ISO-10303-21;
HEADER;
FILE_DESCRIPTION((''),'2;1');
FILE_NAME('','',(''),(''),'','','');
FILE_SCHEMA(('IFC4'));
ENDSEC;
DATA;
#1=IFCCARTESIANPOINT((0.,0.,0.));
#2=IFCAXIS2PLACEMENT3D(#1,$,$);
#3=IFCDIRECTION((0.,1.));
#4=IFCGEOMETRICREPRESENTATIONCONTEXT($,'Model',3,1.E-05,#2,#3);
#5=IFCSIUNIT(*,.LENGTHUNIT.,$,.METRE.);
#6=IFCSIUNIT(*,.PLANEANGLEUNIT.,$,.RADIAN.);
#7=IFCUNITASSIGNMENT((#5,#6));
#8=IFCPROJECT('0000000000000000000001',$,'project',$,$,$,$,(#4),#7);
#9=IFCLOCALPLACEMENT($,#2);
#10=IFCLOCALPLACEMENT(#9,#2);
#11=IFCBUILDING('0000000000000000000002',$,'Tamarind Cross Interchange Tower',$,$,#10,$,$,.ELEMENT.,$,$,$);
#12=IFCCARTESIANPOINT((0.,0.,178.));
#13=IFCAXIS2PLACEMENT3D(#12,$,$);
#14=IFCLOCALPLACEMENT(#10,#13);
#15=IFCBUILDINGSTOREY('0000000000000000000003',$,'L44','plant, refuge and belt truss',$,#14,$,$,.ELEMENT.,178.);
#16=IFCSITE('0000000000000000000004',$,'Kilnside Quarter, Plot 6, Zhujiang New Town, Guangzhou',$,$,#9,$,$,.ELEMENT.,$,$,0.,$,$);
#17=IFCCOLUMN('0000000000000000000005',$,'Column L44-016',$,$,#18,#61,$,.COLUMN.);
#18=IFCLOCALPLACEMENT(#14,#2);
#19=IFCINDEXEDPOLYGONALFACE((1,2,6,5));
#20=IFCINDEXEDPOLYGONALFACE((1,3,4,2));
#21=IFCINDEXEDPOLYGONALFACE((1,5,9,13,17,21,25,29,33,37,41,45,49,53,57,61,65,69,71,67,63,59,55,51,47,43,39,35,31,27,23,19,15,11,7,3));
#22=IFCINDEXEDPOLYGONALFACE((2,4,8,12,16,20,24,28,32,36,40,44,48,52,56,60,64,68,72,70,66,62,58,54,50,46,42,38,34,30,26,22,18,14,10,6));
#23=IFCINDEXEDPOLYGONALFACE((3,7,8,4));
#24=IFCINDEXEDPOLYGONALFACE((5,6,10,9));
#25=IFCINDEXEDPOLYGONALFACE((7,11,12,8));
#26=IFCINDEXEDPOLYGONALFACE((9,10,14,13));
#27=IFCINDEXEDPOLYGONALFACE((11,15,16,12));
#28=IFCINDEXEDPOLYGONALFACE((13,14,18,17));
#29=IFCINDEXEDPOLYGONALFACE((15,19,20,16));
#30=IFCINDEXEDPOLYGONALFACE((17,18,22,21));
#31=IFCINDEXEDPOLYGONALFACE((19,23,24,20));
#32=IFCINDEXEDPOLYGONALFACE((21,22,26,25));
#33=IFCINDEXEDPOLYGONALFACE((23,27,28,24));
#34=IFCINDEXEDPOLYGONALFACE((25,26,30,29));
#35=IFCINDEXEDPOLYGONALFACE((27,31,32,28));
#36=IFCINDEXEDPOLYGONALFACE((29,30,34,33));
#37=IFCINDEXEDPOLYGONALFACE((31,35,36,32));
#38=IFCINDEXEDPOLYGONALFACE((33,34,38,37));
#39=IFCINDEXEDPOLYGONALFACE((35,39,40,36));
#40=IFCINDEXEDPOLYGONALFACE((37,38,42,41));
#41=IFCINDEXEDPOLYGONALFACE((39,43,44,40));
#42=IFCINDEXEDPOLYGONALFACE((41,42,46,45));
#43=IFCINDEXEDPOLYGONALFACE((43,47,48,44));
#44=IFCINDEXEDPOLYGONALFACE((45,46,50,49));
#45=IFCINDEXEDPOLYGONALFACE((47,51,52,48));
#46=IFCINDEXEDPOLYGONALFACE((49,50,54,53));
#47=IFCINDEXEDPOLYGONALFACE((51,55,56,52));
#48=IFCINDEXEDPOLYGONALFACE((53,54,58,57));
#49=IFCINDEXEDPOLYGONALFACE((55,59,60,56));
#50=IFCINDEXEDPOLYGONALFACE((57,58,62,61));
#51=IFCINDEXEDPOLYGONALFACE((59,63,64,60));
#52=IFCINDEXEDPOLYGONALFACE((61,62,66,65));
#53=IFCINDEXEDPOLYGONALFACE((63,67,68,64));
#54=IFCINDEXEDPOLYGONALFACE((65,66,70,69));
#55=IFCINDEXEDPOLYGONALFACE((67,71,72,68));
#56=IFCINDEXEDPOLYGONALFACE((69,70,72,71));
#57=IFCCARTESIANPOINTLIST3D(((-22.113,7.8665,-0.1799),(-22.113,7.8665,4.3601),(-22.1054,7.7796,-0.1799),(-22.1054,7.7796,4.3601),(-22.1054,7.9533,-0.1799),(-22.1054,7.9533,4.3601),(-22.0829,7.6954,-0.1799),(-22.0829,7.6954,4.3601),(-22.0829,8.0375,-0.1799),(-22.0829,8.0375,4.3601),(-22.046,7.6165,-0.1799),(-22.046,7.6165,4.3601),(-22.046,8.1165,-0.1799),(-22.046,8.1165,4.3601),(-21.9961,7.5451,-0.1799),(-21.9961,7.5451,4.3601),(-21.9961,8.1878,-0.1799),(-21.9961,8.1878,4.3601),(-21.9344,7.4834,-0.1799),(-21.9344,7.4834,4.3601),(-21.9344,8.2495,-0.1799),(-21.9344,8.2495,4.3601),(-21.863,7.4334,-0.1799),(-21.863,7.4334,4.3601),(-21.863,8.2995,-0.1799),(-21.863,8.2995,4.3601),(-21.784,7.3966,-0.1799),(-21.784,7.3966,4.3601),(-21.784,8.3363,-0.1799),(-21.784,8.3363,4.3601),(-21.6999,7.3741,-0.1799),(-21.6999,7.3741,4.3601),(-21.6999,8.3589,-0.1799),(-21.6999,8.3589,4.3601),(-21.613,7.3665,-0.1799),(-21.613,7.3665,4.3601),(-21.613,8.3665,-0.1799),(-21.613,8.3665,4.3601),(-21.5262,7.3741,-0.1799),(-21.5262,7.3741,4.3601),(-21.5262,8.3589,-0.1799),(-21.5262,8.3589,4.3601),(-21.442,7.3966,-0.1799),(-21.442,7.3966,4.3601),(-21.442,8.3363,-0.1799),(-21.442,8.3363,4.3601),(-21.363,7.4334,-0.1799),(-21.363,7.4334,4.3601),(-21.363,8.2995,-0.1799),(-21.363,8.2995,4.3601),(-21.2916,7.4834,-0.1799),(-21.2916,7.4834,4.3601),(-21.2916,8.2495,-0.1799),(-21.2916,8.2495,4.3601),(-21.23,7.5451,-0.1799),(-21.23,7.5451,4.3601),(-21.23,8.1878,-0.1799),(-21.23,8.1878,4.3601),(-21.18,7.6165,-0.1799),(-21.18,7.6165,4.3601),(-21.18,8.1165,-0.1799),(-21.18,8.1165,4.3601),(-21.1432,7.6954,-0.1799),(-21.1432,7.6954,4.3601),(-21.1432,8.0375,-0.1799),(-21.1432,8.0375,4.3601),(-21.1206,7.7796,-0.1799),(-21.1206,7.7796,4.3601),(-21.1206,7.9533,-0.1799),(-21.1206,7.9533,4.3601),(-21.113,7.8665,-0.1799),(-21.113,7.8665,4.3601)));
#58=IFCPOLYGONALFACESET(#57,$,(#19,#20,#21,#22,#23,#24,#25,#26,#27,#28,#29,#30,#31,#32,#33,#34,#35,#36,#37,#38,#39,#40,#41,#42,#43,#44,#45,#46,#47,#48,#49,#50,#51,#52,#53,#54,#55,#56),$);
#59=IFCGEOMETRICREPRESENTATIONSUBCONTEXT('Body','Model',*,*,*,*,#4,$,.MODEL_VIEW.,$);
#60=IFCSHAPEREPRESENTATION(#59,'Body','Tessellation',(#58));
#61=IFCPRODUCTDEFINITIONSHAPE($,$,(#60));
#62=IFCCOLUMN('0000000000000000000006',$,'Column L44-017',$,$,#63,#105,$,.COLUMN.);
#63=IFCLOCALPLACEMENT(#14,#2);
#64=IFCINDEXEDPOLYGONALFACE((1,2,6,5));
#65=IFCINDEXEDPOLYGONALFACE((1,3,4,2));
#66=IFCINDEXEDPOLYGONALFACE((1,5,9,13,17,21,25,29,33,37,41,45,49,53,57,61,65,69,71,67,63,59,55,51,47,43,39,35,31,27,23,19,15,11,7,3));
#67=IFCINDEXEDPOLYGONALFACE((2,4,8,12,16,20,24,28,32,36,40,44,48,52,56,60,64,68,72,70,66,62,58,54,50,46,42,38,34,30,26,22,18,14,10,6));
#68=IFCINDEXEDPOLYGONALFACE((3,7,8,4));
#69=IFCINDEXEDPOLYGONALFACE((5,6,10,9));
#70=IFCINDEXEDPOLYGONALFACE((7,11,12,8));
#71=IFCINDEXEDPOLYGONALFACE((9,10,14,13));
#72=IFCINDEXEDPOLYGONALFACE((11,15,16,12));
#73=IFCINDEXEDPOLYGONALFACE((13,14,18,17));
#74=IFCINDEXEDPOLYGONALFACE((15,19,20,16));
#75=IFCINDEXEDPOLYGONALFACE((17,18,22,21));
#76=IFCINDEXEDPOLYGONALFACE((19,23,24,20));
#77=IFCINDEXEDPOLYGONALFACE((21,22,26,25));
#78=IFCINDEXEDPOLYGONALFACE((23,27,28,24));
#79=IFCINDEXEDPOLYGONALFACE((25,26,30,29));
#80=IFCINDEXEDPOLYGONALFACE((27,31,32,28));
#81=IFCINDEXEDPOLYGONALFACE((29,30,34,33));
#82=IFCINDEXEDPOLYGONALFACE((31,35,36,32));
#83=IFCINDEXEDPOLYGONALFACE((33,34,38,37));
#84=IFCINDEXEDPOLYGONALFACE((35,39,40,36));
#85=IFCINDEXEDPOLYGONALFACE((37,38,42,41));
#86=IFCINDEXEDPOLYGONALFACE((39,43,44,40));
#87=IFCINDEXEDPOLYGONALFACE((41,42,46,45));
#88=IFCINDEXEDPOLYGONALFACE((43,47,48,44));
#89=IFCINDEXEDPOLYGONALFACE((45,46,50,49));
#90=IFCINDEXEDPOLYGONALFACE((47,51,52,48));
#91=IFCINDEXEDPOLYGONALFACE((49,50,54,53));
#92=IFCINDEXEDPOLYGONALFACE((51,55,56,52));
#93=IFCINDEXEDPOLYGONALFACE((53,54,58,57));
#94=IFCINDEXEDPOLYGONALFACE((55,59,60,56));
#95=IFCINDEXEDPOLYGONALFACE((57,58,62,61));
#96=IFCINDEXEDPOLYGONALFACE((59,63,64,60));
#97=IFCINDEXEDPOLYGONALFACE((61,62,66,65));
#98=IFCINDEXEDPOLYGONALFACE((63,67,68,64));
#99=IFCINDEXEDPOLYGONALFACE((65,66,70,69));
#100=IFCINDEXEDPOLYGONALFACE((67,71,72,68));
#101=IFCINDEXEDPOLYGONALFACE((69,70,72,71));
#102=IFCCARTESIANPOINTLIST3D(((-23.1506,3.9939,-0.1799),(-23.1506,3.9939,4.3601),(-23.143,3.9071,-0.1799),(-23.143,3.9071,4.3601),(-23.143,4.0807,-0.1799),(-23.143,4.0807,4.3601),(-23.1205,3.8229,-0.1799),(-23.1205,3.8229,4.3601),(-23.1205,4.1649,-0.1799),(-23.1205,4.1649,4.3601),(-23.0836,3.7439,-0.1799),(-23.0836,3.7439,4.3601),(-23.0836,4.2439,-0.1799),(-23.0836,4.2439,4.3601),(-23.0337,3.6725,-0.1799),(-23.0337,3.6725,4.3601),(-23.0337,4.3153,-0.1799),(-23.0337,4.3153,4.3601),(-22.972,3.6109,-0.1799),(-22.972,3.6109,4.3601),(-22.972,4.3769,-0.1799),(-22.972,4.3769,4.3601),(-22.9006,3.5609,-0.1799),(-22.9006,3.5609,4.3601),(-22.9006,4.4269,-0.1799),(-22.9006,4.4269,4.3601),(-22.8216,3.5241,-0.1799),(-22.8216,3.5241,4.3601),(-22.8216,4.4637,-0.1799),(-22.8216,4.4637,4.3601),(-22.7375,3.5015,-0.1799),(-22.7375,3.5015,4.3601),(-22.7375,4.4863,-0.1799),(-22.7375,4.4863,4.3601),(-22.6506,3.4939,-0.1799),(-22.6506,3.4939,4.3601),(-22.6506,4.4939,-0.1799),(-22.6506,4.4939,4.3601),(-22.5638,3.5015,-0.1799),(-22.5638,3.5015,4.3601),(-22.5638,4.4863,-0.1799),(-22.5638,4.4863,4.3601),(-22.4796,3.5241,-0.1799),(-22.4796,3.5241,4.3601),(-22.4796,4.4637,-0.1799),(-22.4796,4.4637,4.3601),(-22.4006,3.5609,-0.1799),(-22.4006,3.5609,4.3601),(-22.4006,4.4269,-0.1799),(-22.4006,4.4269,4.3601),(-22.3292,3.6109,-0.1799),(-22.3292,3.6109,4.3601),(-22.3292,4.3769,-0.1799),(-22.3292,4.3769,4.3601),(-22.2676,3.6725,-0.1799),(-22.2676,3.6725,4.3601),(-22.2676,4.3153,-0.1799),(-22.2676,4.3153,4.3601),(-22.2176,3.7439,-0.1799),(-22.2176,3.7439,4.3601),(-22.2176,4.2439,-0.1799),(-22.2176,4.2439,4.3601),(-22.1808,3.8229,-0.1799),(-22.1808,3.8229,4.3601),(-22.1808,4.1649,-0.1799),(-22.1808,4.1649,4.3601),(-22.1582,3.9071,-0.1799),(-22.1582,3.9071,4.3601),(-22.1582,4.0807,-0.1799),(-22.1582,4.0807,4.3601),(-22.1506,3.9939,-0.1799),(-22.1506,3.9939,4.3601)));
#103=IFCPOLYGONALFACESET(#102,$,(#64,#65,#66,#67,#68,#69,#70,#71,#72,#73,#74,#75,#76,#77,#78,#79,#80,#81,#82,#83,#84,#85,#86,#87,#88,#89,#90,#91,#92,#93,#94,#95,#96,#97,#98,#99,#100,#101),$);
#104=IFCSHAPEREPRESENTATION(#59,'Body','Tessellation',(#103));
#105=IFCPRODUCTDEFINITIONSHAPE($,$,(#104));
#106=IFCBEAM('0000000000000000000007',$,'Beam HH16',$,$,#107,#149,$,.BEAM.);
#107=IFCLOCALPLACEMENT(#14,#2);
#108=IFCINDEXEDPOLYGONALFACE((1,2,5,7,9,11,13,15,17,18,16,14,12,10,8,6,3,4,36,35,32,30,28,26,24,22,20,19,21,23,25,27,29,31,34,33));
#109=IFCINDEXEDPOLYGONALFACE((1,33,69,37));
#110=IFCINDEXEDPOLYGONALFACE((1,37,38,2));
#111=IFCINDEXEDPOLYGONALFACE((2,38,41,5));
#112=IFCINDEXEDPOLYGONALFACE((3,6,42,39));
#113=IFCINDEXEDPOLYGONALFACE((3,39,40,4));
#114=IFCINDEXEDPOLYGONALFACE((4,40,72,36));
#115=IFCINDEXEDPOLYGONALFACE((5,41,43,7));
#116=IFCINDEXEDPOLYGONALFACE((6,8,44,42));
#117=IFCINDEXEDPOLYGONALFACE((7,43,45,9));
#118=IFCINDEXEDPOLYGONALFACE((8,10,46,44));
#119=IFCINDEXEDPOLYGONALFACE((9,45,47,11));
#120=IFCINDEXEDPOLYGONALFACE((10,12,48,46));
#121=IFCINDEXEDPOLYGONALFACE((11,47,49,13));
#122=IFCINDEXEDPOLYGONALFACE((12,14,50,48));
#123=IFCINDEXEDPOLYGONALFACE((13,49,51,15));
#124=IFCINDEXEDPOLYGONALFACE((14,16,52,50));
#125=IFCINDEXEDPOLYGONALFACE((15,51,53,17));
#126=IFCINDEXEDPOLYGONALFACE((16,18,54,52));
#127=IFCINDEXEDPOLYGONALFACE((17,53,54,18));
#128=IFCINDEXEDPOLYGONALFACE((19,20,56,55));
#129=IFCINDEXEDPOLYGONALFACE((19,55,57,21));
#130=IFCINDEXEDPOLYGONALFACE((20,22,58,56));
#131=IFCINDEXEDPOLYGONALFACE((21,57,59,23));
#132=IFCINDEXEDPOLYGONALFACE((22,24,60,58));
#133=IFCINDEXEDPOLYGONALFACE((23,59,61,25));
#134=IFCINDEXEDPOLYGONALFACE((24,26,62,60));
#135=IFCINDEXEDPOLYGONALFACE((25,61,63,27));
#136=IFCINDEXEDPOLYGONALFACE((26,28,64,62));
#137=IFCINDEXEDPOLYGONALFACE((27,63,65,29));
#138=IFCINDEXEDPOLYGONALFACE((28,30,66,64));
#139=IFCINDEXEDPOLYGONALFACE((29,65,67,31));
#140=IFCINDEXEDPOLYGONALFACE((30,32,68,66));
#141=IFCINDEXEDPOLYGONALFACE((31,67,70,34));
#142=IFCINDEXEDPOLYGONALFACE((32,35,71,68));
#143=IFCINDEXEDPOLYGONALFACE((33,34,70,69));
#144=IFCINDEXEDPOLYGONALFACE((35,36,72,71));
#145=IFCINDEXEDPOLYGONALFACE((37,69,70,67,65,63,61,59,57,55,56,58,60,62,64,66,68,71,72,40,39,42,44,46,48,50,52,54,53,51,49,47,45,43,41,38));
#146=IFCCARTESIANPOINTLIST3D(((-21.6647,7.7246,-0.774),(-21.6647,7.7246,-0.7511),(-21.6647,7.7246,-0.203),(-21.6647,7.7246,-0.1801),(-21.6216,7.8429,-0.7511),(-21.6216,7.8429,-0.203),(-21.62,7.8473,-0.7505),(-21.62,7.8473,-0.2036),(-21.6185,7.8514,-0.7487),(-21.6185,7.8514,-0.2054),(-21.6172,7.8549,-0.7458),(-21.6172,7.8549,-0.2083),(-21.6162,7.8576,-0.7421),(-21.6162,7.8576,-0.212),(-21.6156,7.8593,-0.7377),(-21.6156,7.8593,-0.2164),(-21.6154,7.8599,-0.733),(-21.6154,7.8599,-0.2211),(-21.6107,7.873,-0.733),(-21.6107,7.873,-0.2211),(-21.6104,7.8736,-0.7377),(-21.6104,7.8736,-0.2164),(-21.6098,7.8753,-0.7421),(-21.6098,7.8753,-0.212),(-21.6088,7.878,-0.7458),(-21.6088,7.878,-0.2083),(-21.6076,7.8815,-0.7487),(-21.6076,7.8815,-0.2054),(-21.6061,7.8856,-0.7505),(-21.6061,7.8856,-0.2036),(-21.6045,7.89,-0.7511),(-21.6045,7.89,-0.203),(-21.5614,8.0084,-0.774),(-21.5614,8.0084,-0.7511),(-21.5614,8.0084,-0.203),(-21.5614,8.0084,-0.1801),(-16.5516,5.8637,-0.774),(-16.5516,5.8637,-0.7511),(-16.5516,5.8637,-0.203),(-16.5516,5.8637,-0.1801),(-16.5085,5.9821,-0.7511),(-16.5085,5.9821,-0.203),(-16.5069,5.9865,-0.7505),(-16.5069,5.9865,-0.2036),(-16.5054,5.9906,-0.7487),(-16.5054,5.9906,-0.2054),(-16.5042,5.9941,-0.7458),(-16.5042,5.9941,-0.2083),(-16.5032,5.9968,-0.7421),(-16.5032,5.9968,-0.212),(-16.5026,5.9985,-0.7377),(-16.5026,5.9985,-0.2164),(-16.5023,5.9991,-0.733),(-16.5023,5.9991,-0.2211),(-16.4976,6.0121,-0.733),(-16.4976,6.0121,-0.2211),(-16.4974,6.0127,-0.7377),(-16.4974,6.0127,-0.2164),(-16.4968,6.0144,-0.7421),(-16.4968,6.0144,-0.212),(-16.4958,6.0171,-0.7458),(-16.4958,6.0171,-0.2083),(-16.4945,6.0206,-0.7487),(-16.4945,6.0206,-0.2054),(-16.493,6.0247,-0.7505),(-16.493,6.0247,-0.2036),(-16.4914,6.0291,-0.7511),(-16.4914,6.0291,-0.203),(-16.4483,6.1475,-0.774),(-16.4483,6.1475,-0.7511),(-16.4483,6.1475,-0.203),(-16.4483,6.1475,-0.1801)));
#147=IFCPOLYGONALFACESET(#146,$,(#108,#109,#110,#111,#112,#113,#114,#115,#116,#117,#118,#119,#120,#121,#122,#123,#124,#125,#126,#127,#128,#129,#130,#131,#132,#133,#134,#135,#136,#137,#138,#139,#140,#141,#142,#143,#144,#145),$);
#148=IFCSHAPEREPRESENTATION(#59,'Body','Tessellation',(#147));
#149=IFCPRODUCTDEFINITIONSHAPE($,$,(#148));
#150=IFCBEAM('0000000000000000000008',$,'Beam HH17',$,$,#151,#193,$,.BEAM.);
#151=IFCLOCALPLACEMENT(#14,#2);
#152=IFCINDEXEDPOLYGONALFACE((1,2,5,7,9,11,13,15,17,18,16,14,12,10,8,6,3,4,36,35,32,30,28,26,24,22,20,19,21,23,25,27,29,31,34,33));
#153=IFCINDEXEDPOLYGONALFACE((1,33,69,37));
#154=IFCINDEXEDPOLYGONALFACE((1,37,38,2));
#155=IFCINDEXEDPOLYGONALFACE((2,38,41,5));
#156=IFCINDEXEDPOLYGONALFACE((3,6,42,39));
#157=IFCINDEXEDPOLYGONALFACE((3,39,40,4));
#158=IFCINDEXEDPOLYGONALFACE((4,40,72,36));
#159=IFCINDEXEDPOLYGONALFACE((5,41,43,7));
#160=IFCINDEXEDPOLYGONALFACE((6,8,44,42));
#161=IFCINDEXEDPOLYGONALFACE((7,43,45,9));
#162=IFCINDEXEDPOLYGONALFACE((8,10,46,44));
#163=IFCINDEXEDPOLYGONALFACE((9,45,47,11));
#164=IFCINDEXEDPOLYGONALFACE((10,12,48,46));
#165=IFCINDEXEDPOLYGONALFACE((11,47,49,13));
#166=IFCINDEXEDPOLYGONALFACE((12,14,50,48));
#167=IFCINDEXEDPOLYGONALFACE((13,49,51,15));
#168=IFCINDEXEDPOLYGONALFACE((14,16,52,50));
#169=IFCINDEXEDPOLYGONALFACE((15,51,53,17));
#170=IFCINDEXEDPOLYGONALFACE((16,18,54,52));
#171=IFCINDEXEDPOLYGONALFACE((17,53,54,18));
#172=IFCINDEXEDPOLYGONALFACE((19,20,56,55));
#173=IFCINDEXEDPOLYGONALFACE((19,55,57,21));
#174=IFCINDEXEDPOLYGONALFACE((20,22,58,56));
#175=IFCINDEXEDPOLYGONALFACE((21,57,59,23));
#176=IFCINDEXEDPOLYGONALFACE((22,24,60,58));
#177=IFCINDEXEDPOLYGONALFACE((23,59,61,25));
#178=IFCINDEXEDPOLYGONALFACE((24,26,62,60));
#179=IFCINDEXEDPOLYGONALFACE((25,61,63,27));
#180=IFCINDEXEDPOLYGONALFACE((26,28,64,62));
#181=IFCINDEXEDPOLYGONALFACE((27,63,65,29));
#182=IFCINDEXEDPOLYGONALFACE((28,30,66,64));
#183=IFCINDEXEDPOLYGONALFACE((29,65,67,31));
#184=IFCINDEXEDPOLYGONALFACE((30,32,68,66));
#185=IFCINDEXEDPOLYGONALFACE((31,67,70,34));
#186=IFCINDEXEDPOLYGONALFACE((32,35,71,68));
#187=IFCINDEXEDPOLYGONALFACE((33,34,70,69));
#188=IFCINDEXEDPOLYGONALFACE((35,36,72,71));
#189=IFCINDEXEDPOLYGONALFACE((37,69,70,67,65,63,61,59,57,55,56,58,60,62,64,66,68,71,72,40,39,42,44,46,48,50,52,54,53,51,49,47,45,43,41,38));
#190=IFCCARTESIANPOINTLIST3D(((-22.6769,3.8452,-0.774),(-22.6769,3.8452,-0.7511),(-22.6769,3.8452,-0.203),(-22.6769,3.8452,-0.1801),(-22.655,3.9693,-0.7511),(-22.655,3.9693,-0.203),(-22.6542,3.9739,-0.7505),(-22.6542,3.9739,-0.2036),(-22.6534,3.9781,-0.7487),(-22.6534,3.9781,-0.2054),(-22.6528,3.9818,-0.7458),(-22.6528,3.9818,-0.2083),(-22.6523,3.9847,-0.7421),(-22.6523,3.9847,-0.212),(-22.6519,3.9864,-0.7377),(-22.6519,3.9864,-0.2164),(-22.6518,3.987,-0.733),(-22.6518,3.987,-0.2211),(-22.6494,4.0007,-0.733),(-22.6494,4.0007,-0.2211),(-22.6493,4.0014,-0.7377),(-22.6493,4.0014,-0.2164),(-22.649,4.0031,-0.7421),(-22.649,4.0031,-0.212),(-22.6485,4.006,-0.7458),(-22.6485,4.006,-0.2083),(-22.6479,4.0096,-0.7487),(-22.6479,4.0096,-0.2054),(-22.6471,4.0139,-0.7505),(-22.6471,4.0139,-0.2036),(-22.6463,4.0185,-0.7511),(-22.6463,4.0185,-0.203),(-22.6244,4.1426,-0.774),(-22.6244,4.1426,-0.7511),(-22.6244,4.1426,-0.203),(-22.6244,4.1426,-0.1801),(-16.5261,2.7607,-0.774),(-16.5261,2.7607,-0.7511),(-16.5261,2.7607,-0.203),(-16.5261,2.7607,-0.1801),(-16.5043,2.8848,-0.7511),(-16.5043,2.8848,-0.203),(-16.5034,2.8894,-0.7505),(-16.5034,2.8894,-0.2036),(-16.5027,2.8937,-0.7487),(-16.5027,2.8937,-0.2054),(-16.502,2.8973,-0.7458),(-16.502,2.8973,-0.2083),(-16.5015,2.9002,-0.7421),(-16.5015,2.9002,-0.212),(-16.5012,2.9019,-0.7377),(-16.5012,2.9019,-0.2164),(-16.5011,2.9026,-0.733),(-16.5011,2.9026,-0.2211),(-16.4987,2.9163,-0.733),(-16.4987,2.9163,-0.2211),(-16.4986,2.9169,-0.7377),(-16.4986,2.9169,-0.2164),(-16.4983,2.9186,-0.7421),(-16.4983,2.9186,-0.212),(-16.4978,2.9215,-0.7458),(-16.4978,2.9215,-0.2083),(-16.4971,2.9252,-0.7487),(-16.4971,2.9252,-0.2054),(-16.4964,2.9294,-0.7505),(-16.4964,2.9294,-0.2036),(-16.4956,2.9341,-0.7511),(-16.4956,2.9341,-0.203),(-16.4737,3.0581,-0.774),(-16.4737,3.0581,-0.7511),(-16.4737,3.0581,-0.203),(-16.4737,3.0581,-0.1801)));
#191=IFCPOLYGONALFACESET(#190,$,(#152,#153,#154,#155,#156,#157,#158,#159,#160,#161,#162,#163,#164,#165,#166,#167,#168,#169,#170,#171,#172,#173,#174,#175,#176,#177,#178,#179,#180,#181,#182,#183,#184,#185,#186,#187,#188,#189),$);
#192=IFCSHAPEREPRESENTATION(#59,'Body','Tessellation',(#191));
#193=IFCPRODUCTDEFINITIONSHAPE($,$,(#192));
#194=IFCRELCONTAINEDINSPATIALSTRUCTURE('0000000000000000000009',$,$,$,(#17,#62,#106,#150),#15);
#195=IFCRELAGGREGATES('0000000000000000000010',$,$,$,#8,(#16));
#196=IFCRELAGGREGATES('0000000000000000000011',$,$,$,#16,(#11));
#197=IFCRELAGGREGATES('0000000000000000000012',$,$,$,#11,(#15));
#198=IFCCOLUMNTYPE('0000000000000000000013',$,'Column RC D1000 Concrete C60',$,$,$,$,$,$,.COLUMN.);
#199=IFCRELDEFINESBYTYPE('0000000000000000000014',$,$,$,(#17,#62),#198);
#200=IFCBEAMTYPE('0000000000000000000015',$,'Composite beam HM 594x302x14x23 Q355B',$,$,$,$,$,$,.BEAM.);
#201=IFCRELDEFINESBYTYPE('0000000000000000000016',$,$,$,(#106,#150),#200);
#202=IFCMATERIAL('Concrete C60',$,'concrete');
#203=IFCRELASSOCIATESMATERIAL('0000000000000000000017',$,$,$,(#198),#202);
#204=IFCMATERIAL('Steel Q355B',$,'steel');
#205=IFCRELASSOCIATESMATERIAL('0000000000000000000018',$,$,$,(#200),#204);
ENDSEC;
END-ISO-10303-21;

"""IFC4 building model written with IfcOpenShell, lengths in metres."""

from ifc_helpers import new_model, si_unit, direction, frame, origin, origin_2d, place, context, subcontext, project, spatial, circle, i_section, extrude, material, material_profile, profile_set, type_object, element, save


model = new_model("IFC4")

# Units and contexts
model_context = context("Model", 3, precision=1e-05, world=origin(), true_north=direction((0.0, 1.0)))
body_context = subcontext(model_context, "Body", "Model", "MODEL_VIEW")
ifc_project = project(units=[si_unit("LENGTHUNIT", "METRE"), si_unit("PLANEANGLEUNIT", "RADIAN")], contexts=[model_context])

# Site, building, storey
site_placement = place(None, origin())
site = spatial("IfcSite", under=ifc_project, at=site_placement, Name="Kilnside Quarter, Plot 6, Zhujiang New Town, Guangzhou", CompositionType="ELEMENT", RefElevation=0.0)
building_placement = place(site_placement, origin())
building = spatial("IfcBuilding", under=site, at=building_placement, Name="Tamarind Cross Interchange Tower", CompositionType="ELEMENT")
storey_placement = place(building_placement, frame((0.0, 0.0, 178.0)))
storey = spatial("IfcBuildingStorey", under=building, at=storey_placement, Name="L44", Description="plant, refuge and belt truss", CompositionType="ELEMENT", Elevation=178.0)

# Columns
ifc_material_1 = material(Name="Concrete C60", Category="concrete")
ifc_material_profile_1 = material_profile(ifc_material_1, circle(Radius=0.5, at=origin_2d()), Name="RC D1000")
ifc_profile_set_1 = profile_set([ifc_material_profile_1], Name="Concrete C60")
column_type = type_object("IfcColumnType", Name="Column RC D1000 Concrete C60", PredefinedType="COLUMN", material=ifc_profile_set_1)
for number, where, z_axis, x_axis, name in (
    (1, (-21.613, 7.8665, -0.1799), (0.0, 0.0, 1.0), (1.0, 0.0, 0.0), "Column L44-016"),
    (2, (-22.6506, 3.9939, -0.1799), (0.0, 0.0, 1.0), (1.0, 0.0, 0.0), "Column L44-017"),
):
    element("IfcColumn", number, at=place(storey_placement, frame(where, z_axis=z_axis, x_axis=x_axis)), inside=storey, type_object=column_type, Name=name, PredefinedType="COLUMN", context=body_context, shape_type="SweptSolid", body=[
        extrude(circle(Radius=0.5, at=origin_2d()), origin(), (0.0, 0.0, 1.0), 4.54),
    ])

# Beams
ifc_material_2 = material(Name="Steel Q355B", Category="steel")
ifc_material_profile_2 = material_profile(ifc_material_2, i_section(OverallWidth=0.302, OverallDepth=0.594, WebThickness=0.0139, FlangeThickness=0.0229, FilletRadius=0.0181, at=origin_2d()), Name="HM 594x302x14x23")
ifc_profile_set_2 = profile_set([ifc_material_profile_2], Name="Steel Q355B")
beam_type = type_object("IfcBeamType", Name="Composite beam HM 594x302x14x23 Q355B", PredefinedType="BEAM", material=ifc_profile_set_2)
beam_1_placement = place(storey_placement, frame((-21.613, 7.8665, -0.4771), z_axis=(0.939702, -0.341995, 0.0), x_axis=(0.341995, 0.939702, 0.0)))
element("IfcBeam", 3, at=beam_1_placement, inside=storey, type_object=beam_type, Name="Beam HH16", PredefinedType="BEAM", context=body_context, shape_type="SweptSolid", body=[
    extrude(i_section(OverallWidth=0.302, OverallDepth=0.594, WebThickness=0.0139, FlangeThickness=0.0229, FilletRadius=0.0181, at=origin_2d()), origin(), (0.0, 0.0, 1.0), 5.4412),
])
beam_2_placement = place(storey_placement, frame((-22.6506, 3.9939, -0.4771), z_axis=(0.984809, -0.17364, 0.0), x_axis=(0.17364, 0.984809, 0.0)))
element("IfcBeam", 4, at=beam_2_placement, inside=storey, type_object=beam_type, Name="Beam HH17", PredefinedType="BEAM", context=body_context, shape_type="SweptSolid", body=[
    extrude(i_section(OverallWidth=0.302, OverallDepth=0.594, WebThickness=0.0139, FlangeThickness=0.0229, FilletRadius=0.0181, at=origin_2d()), origin(), (0.0, 0.0, 1.0), 6.2456),
])

save(model, "model.ifc")
